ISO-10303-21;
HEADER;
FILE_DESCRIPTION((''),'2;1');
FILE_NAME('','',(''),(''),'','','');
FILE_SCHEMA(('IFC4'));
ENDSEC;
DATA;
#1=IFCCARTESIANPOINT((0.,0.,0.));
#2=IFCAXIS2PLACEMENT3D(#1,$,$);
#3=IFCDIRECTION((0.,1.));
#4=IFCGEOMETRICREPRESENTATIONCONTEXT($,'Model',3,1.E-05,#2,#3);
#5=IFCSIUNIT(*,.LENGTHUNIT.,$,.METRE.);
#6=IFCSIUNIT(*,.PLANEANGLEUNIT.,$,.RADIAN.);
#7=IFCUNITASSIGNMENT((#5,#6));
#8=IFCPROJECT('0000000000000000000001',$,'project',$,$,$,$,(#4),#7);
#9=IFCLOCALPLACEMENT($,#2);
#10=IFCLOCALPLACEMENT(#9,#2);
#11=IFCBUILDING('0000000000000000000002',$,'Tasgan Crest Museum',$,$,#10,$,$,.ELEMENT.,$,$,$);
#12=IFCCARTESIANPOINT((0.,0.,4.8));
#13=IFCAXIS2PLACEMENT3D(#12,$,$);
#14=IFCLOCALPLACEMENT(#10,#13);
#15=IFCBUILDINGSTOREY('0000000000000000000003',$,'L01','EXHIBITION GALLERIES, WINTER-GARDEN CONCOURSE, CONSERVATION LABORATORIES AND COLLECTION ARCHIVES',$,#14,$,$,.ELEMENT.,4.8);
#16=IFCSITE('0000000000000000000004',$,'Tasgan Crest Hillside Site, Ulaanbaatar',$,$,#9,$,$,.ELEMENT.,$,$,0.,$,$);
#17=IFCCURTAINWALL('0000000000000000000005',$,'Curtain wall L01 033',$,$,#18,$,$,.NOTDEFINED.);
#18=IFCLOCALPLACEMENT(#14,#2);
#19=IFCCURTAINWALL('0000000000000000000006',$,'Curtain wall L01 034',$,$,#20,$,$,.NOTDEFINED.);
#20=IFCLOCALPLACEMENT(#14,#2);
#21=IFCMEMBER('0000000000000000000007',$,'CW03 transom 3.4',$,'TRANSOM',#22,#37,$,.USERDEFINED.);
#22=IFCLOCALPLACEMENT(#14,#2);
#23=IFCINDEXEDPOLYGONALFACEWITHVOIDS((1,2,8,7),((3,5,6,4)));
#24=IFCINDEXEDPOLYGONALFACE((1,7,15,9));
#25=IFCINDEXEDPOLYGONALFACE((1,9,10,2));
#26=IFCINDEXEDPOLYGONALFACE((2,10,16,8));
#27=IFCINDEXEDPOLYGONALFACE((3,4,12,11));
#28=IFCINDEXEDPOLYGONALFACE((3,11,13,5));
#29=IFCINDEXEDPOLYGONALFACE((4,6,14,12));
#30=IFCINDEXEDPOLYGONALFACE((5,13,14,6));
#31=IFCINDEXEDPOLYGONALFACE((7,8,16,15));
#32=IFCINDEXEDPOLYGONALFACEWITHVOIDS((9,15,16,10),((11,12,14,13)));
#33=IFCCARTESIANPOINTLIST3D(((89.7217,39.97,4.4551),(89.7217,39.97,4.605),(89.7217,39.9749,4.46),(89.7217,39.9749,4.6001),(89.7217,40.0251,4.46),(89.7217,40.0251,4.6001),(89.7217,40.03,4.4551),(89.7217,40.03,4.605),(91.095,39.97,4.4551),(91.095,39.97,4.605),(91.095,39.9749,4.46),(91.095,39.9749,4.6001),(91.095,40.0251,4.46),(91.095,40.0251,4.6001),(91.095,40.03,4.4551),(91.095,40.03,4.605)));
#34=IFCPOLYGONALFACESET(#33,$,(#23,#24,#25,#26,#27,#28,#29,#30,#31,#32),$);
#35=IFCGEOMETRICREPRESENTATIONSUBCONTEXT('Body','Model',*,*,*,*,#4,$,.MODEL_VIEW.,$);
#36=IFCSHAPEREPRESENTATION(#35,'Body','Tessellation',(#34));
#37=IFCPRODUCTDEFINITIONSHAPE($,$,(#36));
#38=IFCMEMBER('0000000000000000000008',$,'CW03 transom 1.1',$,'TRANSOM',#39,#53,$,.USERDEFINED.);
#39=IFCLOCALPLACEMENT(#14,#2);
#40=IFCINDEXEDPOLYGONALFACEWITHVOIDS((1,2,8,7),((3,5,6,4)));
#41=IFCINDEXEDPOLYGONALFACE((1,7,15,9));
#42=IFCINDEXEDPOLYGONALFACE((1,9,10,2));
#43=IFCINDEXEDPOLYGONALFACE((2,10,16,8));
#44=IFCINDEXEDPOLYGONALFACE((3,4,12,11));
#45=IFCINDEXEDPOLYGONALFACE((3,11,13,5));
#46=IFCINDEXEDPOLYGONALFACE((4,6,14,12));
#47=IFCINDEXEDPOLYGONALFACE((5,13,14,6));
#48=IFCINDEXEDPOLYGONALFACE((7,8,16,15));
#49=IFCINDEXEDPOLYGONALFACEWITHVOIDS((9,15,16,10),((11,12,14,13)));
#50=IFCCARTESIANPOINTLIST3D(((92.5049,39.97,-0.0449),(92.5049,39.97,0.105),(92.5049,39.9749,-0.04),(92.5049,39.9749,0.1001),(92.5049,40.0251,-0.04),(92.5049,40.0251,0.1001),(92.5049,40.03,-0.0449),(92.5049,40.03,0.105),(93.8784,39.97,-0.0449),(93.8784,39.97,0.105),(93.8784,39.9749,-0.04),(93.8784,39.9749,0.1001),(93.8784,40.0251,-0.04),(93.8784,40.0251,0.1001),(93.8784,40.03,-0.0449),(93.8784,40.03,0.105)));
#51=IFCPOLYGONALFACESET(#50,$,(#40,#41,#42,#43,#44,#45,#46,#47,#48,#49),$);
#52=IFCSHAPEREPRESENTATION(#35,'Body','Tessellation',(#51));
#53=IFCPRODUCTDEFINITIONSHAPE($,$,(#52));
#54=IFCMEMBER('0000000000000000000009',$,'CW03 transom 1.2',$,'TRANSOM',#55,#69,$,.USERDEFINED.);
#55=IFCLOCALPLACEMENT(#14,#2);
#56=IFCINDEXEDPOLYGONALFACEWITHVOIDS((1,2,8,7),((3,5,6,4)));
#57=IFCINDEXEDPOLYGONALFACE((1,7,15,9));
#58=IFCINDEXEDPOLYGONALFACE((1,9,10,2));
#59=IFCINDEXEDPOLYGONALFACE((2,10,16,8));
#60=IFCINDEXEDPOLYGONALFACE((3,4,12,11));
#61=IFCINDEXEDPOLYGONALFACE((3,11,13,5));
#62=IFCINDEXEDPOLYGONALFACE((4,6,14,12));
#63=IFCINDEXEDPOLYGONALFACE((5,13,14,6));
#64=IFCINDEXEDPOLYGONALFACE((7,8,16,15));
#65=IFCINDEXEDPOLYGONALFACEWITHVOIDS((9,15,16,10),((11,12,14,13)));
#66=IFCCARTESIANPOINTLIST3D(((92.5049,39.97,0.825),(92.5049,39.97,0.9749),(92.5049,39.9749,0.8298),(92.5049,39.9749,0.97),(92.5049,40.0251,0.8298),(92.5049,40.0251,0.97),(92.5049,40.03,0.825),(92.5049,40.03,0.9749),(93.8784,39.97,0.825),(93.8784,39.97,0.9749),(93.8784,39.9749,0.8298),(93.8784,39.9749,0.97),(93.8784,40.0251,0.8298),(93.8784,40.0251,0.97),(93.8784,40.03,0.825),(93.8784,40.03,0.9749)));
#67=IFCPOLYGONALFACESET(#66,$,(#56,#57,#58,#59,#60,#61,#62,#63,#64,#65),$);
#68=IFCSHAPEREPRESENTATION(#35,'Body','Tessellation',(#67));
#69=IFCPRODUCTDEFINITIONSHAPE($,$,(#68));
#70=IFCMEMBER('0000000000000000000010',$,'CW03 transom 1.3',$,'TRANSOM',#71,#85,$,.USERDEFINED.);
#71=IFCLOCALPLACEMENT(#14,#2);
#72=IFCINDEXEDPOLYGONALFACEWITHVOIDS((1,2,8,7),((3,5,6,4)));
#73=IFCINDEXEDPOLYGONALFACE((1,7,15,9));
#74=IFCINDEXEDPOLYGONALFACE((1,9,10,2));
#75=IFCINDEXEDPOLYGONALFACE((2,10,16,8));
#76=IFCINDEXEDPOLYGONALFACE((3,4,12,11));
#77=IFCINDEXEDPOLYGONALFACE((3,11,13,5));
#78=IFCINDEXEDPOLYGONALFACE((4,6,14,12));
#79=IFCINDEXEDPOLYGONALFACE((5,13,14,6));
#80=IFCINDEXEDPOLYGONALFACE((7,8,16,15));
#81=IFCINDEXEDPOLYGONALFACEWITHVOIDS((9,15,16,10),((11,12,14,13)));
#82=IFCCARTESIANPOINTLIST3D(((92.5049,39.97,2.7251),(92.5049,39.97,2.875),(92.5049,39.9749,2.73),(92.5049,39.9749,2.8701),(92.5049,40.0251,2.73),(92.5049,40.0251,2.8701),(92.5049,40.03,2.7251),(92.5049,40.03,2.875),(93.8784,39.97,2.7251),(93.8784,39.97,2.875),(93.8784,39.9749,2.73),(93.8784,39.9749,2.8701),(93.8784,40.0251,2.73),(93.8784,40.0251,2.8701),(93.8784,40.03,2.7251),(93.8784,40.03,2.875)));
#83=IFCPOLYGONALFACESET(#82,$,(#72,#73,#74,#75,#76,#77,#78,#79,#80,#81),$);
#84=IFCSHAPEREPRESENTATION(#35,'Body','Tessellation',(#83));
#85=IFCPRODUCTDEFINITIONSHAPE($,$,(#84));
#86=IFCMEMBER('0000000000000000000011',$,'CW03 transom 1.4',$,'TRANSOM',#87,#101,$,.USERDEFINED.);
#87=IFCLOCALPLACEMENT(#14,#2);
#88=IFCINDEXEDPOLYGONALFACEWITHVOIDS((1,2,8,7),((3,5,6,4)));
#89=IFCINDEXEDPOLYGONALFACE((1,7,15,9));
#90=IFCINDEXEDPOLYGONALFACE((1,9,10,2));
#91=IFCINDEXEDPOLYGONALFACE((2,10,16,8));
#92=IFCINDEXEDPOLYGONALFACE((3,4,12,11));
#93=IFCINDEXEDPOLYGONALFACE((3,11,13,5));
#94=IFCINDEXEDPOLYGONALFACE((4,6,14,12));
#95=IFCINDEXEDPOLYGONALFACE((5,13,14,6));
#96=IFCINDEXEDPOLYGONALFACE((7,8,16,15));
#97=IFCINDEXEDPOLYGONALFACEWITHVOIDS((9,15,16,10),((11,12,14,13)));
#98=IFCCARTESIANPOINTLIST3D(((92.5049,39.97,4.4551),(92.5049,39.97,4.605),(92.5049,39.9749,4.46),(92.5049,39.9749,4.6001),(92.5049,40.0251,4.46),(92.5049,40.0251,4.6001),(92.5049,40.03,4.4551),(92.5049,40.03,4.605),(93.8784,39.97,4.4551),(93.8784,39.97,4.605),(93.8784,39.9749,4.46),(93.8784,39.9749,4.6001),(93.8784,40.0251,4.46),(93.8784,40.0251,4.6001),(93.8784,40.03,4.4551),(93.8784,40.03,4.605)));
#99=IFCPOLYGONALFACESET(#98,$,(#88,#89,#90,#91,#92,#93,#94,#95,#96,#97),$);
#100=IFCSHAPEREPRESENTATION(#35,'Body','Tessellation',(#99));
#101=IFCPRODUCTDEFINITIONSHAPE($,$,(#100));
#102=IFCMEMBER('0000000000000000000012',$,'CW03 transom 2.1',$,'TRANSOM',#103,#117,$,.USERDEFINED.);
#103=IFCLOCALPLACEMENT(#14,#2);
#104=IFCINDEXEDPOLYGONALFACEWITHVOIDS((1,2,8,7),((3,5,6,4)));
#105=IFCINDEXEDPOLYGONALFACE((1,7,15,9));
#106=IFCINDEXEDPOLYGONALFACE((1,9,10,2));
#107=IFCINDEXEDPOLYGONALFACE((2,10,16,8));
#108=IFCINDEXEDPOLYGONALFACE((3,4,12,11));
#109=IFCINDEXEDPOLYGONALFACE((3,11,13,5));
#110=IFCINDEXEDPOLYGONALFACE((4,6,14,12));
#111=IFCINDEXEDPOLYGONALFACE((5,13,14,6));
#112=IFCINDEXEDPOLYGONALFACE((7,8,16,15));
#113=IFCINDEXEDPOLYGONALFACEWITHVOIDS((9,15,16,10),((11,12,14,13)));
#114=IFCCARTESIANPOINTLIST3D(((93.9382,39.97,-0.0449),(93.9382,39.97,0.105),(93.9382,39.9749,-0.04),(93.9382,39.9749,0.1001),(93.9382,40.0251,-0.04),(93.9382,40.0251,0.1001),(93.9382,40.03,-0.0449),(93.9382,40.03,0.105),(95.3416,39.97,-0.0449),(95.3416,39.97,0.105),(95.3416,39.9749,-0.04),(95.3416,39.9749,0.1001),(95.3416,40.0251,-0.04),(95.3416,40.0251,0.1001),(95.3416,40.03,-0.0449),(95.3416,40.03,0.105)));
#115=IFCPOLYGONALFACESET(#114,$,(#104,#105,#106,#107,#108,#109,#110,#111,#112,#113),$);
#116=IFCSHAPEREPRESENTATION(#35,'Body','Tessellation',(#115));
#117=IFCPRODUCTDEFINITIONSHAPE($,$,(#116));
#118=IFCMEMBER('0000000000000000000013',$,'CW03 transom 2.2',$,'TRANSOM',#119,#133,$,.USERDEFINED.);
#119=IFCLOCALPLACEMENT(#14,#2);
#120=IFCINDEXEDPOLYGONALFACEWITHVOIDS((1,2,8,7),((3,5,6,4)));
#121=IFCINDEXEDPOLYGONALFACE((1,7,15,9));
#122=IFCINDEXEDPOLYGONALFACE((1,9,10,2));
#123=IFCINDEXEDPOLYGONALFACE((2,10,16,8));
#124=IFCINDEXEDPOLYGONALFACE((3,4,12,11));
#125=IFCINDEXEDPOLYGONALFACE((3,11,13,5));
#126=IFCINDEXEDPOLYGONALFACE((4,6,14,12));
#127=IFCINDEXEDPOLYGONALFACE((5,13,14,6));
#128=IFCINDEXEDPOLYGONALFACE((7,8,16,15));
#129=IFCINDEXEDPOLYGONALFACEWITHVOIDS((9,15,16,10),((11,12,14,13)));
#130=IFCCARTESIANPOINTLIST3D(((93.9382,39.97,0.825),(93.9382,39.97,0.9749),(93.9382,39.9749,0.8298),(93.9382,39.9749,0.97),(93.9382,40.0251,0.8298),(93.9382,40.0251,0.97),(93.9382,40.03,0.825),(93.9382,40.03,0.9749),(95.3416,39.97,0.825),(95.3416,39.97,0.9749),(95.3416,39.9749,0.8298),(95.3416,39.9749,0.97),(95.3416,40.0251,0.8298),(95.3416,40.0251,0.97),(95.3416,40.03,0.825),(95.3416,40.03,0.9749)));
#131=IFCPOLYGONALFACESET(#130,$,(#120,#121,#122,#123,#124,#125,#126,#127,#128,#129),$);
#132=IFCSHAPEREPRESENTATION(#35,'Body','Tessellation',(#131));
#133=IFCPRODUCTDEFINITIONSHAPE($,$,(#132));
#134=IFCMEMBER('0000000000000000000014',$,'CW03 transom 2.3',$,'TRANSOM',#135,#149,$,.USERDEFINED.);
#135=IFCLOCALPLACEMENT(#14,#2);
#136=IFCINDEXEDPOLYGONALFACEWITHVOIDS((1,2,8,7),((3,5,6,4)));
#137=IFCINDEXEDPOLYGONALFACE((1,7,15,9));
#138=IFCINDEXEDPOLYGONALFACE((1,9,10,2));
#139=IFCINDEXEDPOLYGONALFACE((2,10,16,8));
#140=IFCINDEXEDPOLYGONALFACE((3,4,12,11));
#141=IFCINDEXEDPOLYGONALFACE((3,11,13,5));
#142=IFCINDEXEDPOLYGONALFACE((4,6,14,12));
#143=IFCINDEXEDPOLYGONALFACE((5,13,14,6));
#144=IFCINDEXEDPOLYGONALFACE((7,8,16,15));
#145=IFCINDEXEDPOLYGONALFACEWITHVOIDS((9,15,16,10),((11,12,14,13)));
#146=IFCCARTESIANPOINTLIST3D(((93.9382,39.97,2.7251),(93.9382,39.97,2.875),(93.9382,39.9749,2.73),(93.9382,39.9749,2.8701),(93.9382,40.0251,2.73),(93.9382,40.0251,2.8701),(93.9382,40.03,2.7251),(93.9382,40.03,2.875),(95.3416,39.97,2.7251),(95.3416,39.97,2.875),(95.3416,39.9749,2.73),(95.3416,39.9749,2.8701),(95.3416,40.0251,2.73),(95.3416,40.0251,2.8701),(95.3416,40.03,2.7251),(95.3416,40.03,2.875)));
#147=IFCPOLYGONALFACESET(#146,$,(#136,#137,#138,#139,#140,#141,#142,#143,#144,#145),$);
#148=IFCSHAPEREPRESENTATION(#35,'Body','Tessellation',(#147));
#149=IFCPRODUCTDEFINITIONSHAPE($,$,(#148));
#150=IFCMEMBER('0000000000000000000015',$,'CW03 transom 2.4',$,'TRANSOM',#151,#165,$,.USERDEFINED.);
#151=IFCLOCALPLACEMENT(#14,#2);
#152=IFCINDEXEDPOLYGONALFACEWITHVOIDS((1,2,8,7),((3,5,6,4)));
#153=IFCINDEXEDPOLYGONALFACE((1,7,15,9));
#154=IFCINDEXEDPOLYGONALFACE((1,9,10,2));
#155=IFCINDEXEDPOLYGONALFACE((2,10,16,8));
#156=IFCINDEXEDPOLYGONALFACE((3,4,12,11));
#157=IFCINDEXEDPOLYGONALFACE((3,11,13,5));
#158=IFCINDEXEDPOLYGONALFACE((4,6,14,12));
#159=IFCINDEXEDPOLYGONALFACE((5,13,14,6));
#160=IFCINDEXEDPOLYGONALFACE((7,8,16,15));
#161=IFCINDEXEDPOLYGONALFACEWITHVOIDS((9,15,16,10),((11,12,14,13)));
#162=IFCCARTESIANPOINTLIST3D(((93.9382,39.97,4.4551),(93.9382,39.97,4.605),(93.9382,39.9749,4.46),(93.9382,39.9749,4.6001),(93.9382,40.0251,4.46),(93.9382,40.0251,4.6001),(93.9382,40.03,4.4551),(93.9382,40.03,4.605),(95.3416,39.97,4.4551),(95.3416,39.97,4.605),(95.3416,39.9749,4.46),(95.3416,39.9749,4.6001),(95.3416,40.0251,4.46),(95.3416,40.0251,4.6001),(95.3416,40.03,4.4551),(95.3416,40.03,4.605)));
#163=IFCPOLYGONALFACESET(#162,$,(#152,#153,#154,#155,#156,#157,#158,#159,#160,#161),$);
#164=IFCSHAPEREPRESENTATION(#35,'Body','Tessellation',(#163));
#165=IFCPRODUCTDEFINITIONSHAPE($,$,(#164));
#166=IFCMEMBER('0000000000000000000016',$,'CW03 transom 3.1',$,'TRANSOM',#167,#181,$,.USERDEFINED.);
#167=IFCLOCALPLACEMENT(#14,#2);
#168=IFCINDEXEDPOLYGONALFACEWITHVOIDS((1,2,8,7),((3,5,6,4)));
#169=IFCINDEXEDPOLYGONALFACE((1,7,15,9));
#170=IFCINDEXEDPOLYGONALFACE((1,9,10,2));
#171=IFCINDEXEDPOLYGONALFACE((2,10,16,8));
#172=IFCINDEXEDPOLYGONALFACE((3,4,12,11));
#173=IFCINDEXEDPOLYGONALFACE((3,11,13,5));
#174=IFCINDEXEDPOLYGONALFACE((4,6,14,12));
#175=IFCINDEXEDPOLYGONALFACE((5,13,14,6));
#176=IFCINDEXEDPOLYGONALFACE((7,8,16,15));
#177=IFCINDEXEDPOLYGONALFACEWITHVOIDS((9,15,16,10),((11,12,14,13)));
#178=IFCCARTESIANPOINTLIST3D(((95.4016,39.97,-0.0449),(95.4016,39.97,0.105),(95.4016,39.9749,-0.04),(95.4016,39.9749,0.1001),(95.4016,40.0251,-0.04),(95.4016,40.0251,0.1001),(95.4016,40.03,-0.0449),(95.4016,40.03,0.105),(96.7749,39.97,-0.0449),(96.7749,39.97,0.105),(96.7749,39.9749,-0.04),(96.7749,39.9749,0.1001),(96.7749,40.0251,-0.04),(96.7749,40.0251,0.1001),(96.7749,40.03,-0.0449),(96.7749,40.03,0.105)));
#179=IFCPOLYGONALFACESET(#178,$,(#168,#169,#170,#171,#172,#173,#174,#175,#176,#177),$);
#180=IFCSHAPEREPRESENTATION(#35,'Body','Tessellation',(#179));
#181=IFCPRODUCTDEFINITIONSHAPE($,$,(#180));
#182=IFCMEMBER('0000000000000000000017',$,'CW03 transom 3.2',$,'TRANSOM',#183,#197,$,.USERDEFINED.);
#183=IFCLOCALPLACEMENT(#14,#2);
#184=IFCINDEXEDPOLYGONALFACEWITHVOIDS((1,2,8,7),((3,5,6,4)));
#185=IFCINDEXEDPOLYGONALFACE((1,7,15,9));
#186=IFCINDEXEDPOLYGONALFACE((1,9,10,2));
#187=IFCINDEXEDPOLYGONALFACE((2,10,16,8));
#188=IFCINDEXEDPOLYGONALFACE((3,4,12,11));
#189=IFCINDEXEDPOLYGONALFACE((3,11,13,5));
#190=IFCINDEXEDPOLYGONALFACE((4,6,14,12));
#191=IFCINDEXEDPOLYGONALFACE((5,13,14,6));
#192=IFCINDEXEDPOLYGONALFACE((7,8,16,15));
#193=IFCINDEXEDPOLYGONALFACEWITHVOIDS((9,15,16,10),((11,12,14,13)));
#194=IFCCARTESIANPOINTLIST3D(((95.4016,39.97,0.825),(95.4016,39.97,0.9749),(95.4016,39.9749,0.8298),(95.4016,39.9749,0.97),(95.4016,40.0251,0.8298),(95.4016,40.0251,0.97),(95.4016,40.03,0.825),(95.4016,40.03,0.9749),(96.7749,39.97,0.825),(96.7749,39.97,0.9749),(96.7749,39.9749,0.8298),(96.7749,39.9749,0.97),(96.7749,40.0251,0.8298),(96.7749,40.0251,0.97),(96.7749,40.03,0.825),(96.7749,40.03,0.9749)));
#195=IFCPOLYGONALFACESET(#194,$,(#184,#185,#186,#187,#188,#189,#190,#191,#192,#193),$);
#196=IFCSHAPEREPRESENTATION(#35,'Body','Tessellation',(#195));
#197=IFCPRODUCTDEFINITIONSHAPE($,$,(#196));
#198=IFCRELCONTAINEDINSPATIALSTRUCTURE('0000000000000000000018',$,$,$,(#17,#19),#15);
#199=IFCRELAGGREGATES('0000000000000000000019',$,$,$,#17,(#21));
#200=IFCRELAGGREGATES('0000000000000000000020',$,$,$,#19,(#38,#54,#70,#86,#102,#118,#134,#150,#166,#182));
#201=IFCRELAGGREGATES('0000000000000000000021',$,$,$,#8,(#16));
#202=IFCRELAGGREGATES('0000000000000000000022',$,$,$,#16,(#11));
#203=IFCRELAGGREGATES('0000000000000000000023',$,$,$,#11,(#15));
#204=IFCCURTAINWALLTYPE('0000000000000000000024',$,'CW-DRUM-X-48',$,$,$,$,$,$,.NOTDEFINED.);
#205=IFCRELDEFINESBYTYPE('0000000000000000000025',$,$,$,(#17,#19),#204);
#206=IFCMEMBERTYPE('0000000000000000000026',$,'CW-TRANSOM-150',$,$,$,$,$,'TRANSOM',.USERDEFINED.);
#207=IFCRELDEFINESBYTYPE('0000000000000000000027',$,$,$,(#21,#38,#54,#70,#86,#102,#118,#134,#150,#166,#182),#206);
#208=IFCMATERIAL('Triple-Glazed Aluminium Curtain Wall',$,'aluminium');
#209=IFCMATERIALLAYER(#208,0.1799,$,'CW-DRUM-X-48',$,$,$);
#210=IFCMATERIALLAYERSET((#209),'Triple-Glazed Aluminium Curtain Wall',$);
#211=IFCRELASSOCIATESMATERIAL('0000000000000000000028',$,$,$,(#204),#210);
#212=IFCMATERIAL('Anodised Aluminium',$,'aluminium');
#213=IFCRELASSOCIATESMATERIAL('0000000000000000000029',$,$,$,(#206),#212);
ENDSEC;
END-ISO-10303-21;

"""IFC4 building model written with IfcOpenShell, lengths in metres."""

from ifc_helpers import new_model, si_unit, direction, frame, origin, origin_2d, place, context, subcontext, project, spatial, hollow_rectangle, extrude, material, layer, layer_set, material_profile, profile_set, type_object, element, aggregate, save


model = new_model("IFC4")

# Units and contexts
model_context = context("Model", 3, precision=1e-05, world=origin(), true_north=direction((0.0, 1.0)))
body_context = subcontext(model_context, "Body", "Model", "MODEL_VIEW")
ifc_project = project(units=[si_unit("LENGTHUNIT", "METRE"), si_unit("PLANEANGLEUNIT", "RADIAN")], contexts=[model_context])

# Site, building, storey
site_placement = place(None, origin())
site = spatial("IfcSite", under=ifc_project, at=site_placement, Name="Tasgan Crest Hillside Site, Ulaanbaatar", CompositionType="ELEMENT", RefElevation=0.0)
building_placement = place(site_placement, origin())
building = spatial("IfcBuilding", under=site, at=building_placement, Name="Tasgan Crest Museum", CompositionType="ELEMENT")
storey_placement = place(building_placement, frame((0.0, 0.0, 4.8)))
storey = spatial("IfcBuildingStorey", under=building, at=storey_placement, Name="L01", Description="EXHIBITION GALLERIES, WINTER-GARDEN CONCOURSE, CONSERVATION LABORATORIES AND COLLECTION ARCHIVES", CompositionType="ELEMENT", Elevation=4.8)

# Curtain wall
ifc_material_1 = material(Name="Triple-Glazed Aluminium Curtain Wall", Category="aluminium")
ifc_layer_1 = layer(ifc_material_1, 0.1799, Name="CW-DRUM-X-48")
ifc_layer_set_1 = layer_set([ifc_layer_1], Name="Triple-Glazed Aluminium Curtain Wall")
curtain_wall_type = type_object("IfcCurtainWallType", Name="CW-DRUM-X-48", PredefinedType="NOTDEFINED", material=ifc_layer_set_1)
curtain_wall_1_placement = place(storey_placement, origin())
curtain_wall_1 = element("IfcCurtainWall", 1, at=curtain_wall_1_placement, inside=storey, type_object=curtain_wall_type, Name="Curtain wall L01 033", PredefinedType="NOTDEFINED")

# Curtain wall
curtain_wall_2_placement = place(storey_placement, origin())
curtain_wall_2 = element("IfcCurtainWall", 2, at=curtain_wall_2_placement, inside=storey, type_object=curtain_wall_type, Name="Curtain wall L01 034", PredefinedType="NOTDEFINED")

# Members
ifc_material_2 = material(Name="Anodised Aluminium", Category="aluminium")
ifc_material_profile_1 = material_profile(ifc_material_2, hollow_rectangle(XDim=0.0601, YDim=0.1499, WallThickness=0.0049, at=origin_2d()), Name="ALU TRANSOM 150x60x5")
ifc_profile_set_1 = profile_set([ifc_material_profile_1], Name="Anodised Aluminium")
member_type_1 = type_object("IfcMemberType", Name="CW-TRANSOM-150", ElementType="TRANSOM", PredefinedType="USERDEFINED", material=ifc_profile_set_1)
member_1_placement = place(storey_placement, frame((89.7217, 40.0, 4.53), z_axis=(1.0, 0.0, 0.0), x_axis=(0.0, 1.0, 0.0)))
member_1 = element("IfcMember", 3, at=member_1_placement, type_object=member_type_1, Name="CW03 transom 3.4", ObjectType="TRANSOM", PredefinedType="USERDEFINED", context=body_context, shape_type="SweptSolid", body=[
    extrude(hollow_rectangle(XDim=0.0601, YDim=0.1499, WallThickness=0.0049, at=origin_2d()), origin(), (0.0, 0.0, 1.0), 1.3733),
])
member_2_placement = place(storey_placement, frame((92.5049, 40.0, 0.03), z_axis=(1.0, 0.0, 0.0), x_axis=(0.0, 1.0, 0.0)))
member_2 = element("IfcMember", 4, at=member_2_placement, type_object=member_type_1, Name="CW03 transom 1.1", ObjectType="TRANSOM", PredefinedType="USERDEFINED", context=body_context, shape_type="SweptSolid", body=[
    extrude(hollow_rectangle(XDim=0.0601, YDim=0.1499, WallThickness=0.0049, at=origin_2d()), origin(), (0.0, 0.0, 1.0), 1.3735),
])
member_3_placement = place(storey_placement, frame((92.5049, 40.0, 0.8999), z_axis=(1.0, 0.0, 0.0), x_axis=(0.0, 1.0, 0.0)))
member_3 = element("IfcMember", 5, at=member_3_placement, type_object=member_type_1, Name="CW03 transom 1.2", ObjectType="TRANSOM", PredefinedType="USERDEFINED", context=body_context, shape_type="SweptSolid", body=[
    extrude(hollow_rectangle(XDim=0.0601, YDim=0.1499, WallThickness=0.0049, at=origin_2d()), origin(), (0.0, 0.0, 1.0), 1.3735),
])
member_4_placement = place(storey_placement, frame((92.5049, 40.0, 2.8), z_axis=(1.0, 0.0, 0.0), x_axis=(0.0, 1.0, 0.0)))
member_4 = element("IfcMember", 6, at=member_4_placement, type_object=member_type_1, Name="CW03 transom 1.3", ObjectType="TRANSOM", PredefinedType="USERDEFINED", context=body_context, shape_type="SweptSolid", body=[
    extrude(hollow_rectangle(XDim=0.0601, YDim=0.1499, WallThickness=0.0049, at=origin_2d()), origin(), (0.0, 0.0, 1.0), 1.3735),
])
member_5_placement = place(storey_placement, frame((92.5049, 40.0, 4.53), z_axis=(1.0, 0.0, 0.0), x_axis=(0.0, 1.0, 0.0)))
member_5 = element("IfcMember", 7, at=member_5_placement, type_object=member_type_1, Name="CW03 transom 1.4", ObjectType="TRANSOM", PredefinedType="USERDEFINED", context=body_context, shape_type="SweptSolid", body=[
    extrude(hollow_rectangle(XDim=0.0601, YDim=0.1499, WallThickness=0.0049, at=origin_2d()), origin(), (0.0, 0.0, 1.0), 1.3735),
])
member_6_placement = place(storey_placement, frame((93.9382, 40.0, 0.03), z_axis=(1.0, 0.0, 0.0), x_axis=(0.0, 1.0, 0.0)))
member_6 = element("IfcMember", 8, at=member_6_placement, type_object=member_type_1, Name="CW03 transom 2.1", ObjectType="TRANSOM", PredefinedType="USERDEFINED", context=body_context, shape_type="SweptSolid", body=[
    extrude(hollow_rectangle(XDim=0.0601, YDim=0.1499, WallThickness=0.0049, at=origin_2d()), origin(), (0.0, 0.0, 1.0), 1.4033),
])
member_7_placement = place(storey_placement, frame((93.9382, 40.0, 0.8999), z_axis=(1.0, 0.0, 0.0), x_axis=(0.0, 1.0, 0.0)))
member_7 = element("IfcMember", 9, at=member_7_placement, type_object=member_type_1, Name="CW03 transom 2.2", ObjectType="TRANSOM", PredefinedType="USERDEFINED", context=body_context, shape_type="SweptSolid", body=[
    extrude(hollow_rectangle(XDim=0.0601, YDim=0.1499, WallThickness=0.0049, at=origin_2d()), origin(), (0.0, 0.0, 1.0), 1.4033),
])
member_8_placement = place(storey_placement, frame((93.9382, 40.0, 2.8), z_axis=(1.0, 0.0, 0.0), x_axis=(0.0, 1.0, 0.0)))
member_8 = element("IfcMember", 10, at=member_8_placement, type_object=member_type_1, Name="CW03 transom 2.3", ObjectType="TRANSOM", PredefinedType="USERDEFINED", context=body_context, shape_type="SweptSolid", body=[
    extrude(hollow_rectangle(XDim=0.0601, YDim=0.1499, WallThickness=0.0049, at=origin_2d()), origin(), (0.0, 0.0, 1.0), 1.4033),
])
member_9_placement = place(storey_placement, frame((93.9382, 40.0, 4.53), z_axis=(1.0, 0.0, 0.0), x_axis=(0.0, 1.0, 0.0)))
member_9 = element("IfcMember", 11, at=member_9_placement, type_object=member_type_1, Name="CW03 transom 2.4", ObjectType="TRANSOM", PredefinedType="USERDEFINED", context=body_context, shape_type="SweptSolid", body=[
    extrude(hollow_rectangle(XDim=0.0601, YDim=0.1499, WallThickness=0.0049, at=origin_2d()), origin(), (0.0, 0.0, 1.0), 1.4033),
])
member_10_placement = place(storey_placement, frame((95.4016, 40.0, 0.03), z_axis=(1.0, 0.0, 0.0), x_axis=(0.0, 1.0, 0.0)))
member_10 = element("IfcMember", 12, at=member_10_placement, type_object=member_type_1, Name="CW03 transom 3.1", ObjectType="TRANSOM", PredefinedType="USERDEFINED", context=body_context, shape_type="SweptSolid", body=[
    extrude(hollow_rectangle(XDim=0.0601, YDim=0.1499, WallThickness=0.0049, at=origin_2d()), origin(), (0.0, 0.0, 1.0), 1.3733),
])
member_11_placement = place(storey_placement, frame((95.4016, 40.0, 0.8999), z_axis=(1.0, 0.0, 0.0), x_axis=(0.0, 1.0, 0.0)))
member_11 = element("IfcMember", 13, at=member_11_placement, type_object=member_type_1, Name="CW03 transom 3.2", ObjectType="TRANSOM", PredefinedType="USERDEFINED", context=body_context, shape_type="SweptSolid", body=[
    extrude(hollow_rectangle(XDim=0.0601, YDim=0.1499, WallThickness=0.0049, at=origin_2d()), origin(), (0.0, 0.0, 1.0), 1.3733),
])

aggregate(curtain_wall_1, [member_1])
aggregate(curtain_wall_2, [member_2, member_3, member_4, member_5, member_6, member_7, member_8, member_9, member_10, member_11])

save(model, "model.ifc")
